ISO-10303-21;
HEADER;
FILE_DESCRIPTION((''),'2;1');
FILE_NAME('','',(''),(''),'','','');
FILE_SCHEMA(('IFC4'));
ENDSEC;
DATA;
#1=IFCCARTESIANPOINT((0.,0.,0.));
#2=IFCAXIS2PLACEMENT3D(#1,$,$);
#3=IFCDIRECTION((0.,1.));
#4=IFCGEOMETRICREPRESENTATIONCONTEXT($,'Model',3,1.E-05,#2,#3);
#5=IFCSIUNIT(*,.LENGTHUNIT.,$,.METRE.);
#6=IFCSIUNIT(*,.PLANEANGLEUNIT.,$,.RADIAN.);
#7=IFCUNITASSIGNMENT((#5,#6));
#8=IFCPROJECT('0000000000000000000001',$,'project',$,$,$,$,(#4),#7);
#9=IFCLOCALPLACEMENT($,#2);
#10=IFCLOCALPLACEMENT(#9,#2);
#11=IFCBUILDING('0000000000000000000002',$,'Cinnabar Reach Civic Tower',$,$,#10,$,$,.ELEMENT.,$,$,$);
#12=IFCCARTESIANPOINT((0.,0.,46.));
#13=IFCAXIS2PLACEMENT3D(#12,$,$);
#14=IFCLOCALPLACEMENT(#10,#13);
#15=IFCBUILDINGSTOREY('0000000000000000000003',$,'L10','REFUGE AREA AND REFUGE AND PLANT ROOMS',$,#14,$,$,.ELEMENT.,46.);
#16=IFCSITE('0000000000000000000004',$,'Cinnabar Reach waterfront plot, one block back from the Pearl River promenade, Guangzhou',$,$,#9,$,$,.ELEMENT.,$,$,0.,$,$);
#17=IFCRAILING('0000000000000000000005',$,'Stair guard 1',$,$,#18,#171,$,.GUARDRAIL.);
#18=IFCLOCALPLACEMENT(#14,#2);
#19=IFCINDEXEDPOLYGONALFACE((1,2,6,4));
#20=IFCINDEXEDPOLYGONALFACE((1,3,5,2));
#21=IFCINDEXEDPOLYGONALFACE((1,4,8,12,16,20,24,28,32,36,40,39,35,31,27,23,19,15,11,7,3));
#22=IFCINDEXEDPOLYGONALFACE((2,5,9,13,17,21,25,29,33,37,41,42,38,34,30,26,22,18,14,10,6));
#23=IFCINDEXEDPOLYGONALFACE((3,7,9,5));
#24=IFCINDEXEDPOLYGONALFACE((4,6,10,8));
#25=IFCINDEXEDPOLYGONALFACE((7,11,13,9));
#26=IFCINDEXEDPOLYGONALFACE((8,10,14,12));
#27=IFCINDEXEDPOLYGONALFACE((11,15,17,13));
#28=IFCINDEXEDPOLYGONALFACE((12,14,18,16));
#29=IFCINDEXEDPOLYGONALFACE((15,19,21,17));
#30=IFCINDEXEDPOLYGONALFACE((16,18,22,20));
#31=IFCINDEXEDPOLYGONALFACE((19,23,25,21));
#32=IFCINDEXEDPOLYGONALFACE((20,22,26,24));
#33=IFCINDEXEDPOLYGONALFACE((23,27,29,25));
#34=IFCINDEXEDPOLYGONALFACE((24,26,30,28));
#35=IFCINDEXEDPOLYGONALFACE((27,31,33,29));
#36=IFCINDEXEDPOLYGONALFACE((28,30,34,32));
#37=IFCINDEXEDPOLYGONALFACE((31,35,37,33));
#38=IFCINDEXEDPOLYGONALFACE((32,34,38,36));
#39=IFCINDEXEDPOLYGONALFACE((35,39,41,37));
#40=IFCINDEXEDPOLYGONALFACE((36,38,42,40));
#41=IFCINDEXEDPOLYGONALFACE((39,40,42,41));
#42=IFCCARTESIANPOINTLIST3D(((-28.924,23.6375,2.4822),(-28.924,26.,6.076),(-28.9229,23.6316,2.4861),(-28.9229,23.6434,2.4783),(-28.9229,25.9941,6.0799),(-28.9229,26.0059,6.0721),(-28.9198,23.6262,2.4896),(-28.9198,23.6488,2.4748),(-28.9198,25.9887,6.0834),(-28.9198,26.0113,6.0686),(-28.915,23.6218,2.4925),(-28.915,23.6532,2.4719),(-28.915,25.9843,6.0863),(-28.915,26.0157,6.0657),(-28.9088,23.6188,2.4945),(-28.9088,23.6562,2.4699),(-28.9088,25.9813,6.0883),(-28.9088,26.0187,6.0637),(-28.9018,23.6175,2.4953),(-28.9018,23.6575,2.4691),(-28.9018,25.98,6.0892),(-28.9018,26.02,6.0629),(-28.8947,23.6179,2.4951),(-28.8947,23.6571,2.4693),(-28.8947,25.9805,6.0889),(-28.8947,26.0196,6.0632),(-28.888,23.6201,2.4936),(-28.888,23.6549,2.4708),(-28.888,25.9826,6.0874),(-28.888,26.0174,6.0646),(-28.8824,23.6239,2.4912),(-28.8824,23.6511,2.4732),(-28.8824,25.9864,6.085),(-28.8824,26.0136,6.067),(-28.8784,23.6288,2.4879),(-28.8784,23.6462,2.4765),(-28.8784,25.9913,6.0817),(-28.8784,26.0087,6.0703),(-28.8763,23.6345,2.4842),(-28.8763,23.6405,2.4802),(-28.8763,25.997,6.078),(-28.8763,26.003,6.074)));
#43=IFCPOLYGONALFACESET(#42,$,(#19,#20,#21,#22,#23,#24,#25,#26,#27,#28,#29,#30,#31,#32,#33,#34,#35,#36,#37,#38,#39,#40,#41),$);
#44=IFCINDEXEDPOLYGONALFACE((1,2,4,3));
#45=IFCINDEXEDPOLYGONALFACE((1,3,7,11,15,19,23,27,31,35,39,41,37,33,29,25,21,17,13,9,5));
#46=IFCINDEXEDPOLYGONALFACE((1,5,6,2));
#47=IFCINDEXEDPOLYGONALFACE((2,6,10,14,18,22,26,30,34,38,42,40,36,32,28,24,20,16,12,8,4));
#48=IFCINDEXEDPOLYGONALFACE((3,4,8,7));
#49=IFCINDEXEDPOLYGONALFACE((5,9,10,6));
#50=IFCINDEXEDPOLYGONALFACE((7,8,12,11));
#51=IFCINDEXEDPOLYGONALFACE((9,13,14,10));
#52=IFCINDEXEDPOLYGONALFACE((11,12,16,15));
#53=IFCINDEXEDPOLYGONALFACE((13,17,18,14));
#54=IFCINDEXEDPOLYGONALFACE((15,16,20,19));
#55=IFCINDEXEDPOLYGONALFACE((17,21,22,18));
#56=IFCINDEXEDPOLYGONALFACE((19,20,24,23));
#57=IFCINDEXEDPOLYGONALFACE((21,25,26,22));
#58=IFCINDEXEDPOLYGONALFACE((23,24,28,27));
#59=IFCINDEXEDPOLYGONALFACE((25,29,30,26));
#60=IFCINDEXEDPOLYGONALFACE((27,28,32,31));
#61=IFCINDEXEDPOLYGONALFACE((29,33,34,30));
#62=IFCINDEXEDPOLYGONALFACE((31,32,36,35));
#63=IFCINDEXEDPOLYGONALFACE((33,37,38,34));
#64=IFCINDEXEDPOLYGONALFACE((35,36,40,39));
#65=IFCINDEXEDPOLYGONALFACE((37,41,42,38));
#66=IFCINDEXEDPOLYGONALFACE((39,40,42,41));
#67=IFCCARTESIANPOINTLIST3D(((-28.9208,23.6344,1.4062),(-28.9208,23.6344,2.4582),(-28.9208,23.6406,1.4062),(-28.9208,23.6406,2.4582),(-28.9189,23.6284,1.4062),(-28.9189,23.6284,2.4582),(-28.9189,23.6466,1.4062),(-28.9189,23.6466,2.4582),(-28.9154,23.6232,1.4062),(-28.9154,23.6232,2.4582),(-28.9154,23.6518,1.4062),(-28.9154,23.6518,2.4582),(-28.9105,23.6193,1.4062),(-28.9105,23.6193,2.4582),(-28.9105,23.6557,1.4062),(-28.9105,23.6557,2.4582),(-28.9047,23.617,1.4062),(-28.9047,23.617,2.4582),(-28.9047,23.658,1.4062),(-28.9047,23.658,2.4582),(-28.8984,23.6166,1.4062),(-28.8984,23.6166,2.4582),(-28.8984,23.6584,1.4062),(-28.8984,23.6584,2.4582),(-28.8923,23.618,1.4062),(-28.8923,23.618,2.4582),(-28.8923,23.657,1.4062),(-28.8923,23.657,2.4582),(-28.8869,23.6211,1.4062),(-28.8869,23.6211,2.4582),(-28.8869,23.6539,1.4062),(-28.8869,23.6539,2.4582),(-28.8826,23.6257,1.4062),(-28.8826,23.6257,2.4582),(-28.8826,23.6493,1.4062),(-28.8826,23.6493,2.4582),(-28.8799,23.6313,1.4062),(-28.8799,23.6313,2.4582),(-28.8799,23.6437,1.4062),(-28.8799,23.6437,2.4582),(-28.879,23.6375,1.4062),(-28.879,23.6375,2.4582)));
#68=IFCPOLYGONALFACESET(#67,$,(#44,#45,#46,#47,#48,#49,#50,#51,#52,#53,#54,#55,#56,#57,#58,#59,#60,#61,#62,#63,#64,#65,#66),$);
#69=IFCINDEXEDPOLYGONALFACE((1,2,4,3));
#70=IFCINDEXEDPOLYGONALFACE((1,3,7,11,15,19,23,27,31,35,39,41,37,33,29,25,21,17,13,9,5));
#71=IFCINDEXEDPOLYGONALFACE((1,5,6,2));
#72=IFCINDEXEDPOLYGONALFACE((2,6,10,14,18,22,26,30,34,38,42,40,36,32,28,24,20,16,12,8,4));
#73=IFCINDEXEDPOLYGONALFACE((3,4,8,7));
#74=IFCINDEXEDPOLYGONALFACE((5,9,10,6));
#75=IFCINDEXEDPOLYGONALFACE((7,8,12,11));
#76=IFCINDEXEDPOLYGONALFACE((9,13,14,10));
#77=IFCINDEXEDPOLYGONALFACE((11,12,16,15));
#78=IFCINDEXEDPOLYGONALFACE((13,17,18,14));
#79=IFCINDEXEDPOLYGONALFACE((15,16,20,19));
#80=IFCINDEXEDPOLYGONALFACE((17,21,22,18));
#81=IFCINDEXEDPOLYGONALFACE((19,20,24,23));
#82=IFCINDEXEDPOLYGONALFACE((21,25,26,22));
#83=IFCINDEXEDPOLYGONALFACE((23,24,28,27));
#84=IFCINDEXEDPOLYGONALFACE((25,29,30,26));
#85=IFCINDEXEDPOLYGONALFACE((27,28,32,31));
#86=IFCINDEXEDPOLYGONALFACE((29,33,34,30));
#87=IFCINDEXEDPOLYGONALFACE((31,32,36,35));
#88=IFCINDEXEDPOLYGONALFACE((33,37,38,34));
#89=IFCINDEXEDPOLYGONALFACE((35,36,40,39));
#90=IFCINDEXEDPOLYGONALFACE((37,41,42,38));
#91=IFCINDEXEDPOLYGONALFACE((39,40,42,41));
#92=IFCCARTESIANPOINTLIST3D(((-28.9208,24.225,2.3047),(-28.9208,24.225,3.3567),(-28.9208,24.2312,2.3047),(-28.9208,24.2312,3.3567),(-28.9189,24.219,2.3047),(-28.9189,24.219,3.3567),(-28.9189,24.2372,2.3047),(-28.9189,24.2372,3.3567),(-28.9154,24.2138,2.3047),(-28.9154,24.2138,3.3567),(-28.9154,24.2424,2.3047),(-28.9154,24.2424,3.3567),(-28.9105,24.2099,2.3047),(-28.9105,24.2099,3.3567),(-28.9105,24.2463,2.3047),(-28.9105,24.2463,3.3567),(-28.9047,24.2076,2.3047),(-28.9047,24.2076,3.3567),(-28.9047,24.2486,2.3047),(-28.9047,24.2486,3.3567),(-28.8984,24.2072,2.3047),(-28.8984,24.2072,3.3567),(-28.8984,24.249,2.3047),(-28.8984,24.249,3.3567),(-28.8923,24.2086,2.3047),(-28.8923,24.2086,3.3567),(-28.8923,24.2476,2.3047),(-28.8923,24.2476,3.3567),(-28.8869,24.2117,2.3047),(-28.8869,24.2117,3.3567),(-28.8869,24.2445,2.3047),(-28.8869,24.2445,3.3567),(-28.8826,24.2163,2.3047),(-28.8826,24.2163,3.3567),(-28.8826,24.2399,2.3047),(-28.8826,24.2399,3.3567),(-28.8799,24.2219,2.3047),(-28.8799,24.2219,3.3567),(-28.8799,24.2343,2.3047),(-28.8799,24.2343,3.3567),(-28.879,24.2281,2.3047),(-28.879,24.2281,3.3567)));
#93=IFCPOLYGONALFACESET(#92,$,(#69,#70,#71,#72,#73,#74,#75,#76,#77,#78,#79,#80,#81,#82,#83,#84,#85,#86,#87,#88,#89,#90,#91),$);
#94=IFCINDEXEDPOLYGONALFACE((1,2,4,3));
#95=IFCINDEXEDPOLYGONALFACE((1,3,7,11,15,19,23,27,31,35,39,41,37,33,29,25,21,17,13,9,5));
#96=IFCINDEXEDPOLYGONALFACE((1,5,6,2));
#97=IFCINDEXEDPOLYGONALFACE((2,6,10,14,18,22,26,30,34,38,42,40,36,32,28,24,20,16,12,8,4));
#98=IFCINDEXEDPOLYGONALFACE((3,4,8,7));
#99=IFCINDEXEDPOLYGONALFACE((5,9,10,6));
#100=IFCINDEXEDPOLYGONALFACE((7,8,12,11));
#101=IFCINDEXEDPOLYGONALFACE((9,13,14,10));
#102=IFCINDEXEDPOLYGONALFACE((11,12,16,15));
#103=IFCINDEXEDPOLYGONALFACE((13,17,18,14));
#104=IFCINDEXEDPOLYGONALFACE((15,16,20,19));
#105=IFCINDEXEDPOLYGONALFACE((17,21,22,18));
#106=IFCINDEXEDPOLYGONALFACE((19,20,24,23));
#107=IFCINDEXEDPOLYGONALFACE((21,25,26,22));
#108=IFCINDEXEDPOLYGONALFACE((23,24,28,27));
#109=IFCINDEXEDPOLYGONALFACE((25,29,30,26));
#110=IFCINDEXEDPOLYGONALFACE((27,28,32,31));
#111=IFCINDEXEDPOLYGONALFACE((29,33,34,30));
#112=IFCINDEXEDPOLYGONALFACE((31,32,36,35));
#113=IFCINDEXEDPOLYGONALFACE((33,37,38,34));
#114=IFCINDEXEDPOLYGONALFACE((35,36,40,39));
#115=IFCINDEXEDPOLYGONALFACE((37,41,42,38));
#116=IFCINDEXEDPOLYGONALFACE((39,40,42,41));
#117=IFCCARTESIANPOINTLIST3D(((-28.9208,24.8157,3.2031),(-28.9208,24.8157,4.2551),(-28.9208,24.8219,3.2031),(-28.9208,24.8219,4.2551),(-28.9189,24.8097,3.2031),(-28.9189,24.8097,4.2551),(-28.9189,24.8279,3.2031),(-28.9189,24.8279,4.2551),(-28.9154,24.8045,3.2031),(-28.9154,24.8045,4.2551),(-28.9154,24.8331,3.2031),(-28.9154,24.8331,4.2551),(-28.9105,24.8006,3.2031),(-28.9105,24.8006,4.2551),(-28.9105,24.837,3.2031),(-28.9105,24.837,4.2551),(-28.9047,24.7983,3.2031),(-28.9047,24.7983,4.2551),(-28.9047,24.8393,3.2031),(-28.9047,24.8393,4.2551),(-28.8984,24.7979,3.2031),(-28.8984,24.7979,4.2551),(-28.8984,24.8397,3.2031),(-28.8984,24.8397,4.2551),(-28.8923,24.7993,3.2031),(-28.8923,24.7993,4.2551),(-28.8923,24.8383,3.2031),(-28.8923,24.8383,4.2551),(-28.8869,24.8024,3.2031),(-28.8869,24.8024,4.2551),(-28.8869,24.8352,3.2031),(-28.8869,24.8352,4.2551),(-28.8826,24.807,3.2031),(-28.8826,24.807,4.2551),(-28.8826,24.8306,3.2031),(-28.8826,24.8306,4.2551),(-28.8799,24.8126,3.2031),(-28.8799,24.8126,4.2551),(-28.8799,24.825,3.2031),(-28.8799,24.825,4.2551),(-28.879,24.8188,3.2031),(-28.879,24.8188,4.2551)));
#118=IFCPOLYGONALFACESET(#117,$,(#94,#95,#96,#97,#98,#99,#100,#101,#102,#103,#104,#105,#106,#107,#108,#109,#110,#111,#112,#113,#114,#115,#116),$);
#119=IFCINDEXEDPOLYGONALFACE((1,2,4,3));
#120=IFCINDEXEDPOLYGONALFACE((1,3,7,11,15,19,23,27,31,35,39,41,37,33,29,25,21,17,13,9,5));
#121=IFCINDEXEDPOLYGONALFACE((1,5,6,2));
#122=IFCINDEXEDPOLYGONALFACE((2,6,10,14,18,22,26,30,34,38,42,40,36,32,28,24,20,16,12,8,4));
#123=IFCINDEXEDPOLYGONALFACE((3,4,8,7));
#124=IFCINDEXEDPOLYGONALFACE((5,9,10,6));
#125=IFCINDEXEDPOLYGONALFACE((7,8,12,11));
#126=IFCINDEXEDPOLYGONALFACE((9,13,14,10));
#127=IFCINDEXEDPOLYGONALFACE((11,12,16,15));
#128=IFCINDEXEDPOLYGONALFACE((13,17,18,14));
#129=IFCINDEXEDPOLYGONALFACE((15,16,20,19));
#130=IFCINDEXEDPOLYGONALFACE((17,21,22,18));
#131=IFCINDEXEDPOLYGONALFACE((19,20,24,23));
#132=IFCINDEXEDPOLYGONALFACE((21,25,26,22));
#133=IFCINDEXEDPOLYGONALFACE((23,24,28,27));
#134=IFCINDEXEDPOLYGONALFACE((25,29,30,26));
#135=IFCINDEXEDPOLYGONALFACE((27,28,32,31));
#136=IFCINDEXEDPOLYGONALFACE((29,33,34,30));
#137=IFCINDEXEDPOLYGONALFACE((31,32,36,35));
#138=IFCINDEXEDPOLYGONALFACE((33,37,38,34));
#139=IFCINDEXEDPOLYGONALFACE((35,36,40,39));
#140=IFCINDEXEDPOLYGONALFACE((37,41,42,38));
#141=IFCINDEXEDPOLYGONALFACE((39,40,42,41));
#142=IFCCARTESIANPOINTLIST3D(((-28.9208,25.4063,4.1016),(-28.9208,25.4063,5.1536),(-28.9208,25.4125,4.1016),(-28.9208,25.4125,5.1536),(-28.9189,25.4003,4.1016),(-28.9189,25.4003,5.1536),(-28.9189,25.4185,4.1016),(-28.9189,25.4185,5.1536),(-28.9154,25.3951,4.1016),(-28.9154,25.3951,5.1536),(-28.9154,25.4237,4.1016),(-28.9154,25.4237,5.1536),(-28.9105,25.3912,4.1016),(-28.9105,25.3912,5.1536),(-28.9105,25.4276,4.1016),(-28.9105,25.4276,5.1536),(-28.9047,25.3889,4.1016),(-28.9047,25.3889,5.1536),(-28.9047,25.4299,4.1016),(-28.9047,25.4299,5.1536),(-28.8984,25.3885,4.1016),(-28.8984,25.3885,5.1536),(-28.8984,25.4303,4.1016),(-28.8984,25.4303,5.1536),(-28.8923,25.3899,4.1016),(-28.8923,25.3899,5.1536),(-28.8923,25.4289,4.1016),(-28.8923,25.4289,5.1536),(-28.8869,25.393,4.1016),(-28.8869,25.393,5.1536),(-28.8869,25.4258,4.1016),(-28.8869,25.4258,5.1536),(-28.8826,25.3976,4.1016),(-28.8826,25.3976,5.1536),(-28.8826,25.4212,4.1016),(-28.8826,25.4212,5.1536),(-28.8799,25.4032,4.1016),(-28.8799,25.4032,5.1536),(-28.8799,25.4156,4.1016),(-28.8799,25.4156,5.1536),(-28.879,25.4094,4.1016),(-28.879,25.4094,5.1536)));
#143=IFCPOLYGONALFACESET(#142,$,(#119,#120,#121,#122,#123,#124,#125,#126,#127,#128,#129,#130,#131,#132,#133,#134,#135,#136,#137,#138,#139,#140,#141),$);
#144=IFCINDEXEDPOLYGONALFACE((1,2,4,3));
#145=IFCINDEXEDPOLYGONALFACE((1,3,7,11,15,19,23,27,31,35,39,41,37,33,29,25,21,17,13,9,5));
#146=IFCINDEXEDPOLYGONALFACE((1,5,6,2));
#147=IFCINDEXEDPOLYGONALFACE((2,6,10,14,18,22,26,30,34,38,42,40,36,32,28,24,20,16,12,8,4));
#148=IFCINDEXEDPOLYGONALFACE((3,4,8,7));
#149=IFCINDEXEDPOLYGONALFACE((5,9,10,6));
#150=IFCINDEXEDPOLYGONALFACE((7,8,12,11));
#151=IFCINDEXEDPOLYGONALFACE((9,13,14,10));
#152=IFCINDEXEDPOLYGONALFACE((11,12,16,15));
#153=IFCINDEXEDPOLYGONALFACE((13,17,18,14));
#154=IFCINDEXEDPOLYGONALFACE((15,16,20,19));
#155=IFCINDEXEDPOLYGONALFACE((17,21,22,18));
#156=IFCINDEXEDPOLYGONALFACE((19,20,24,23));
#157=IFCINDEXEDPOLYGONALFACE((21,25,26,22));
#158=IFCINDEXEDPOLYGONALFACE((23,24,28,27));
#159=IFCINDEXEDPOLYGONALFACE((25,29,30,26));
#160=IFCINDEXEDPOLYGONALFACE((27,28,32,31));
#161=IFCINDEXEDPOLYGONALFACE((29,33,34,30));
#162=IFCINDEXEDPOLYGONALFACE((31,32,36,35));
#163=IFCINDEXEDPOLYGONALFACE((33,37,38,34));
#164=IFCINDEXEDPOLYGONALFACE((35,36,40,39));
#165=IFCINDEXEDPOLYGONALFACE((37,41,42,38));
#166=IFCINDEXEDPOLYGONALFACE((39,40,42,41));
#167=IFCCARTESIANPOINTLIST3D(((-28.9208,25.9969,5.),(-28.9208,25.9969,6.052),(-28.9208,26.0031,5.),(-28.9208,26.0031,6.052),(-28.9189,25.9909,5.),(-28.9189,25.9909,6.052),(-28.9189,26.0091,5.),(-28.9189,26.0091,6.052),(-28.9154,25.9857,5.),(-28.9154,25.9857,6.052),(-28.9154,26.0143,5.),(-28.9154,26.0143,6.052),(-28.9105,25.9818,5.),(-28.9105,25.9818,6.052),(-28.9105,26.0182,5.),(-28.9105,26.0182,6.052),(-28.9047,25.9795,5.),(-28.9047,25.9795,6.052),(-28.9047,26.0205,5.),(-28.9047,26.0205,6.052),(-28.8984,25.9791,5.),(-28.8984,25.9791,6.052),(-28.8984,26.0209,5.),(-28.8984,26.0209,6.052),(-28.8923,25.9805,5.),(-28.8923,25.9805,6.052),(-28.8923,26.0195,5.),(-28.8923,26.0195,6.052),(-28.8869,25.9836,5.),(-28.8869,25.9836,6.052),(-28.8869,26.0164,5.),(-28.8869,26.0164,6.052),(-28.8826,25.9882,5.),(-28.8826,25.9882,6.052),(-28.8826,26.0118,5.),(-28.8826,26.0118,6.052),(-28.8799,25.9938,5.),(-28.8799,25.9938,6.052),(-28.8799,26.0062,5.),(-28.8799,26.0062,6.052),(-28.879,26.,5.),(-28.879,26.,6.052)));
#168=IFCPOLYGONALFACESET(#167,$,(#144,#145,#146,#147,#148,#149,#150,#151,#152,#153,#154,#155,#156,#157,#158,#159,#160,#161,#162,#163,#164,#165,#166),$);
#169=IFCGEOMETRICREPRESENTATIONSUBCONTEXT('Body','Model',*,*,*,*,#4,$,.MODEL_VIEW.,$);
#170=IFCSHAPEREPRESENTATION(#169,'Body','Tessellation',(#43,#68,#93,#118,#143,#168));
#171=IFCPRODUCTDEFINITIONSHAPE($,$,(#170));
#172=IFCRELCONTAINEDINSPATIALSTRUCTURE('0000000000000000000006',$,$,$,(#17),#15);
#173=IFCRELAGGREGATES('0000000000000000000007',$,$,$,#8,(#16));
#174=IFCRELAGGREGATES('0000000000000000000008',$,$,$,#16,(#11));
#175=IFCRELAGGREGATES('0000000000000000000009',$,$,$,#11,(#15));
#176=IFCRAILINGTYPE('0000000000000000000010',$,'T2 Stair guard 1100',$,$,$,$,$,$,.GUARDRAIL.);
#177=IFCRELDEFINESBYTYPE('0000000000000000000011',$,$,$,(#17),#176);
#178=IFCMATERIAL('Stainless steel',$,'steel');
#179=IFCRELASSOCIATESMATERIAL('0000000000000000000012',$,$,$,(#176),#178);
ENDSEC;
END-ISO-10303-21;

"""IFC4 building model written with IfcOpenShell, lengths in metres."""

from ifc_helpers import new_model, si_unit, direction, frame, origin, origin_2d, place, context, subcontext, project, spatial, circle, extrude, material, type_object, element, save


model = new_model("IFC4")

# Units and contexts
model_context = context("Model", 3, precision=1e-05, world=origin(), true_north=direction((0.0, 1.0)))
body_context = subcontext(model_context, "Body", "Model", "MODEL_VIEW")
ifc_project = project(units=[si_unit("LENGTHUNIT", "METRE"), si_unit("PLANEANGLEUNIT", "RADIAN")], contexts=[model_context])

# Site, building, storey
site_placement = place(None, origin())
site = spatial("IfcSite", under=ifc_project, at=site_placement, Name="Cinnabar Reach waterfront plot, one block back from the Pearl River promenade, Guangzhou", CompositionType="ELEMENT", RefElevation=0.0)
building_placement = place(site_placement, origin())
building = spatial("IfcBuilding", under=site, at=building_placement, Name="Cinnabar Reach Civic Tower", CompositionType="ELEMENT")
storey_placement = place(building_placement, frame((0.0, 0.0, 46.0)))
storey = spatial("IfcBuildingStorey", under=building, at=storey_placement, Name="L10", Description="REFUGE AREA AND REFUGE AND PLANT ROOMS", CompositionType="ELEMENT", Elevation=46.0)

# Railing
ifc_material_1 = material(Name="Stainless steel", Category="steel")
railing_type = type_object("IfcRailingType", Name="T2 Stair guard 1100", PredefinedType="GUARDRAIL", material=ifc_material_1)
railing_1_placement = place(storey_placement, frame((-28.9, 23.6375, 1.4062)))
element("IfcRailing", 1, at=railing_1_placement, inside=storey, type_object=railing_type, Name="Stair guard 1", PredefinedType="GUARDRAIL", context=body_context, shape_type="SweptSolid", body=[
    extrude(circle(Radius=0.024, at=origin_2d()), frame((0.0, 0.0, 1.076), z_axis=(0.0, 0.549318, 0.835614), x_axis=(-1.0, 0.0, 0.0)), (0.0, 0.0, 1.0), 4.3008),
    extrude(circle(Radius=0.021, at=origin_2d()), origin(), (0.0, 0.0, 1.0), 1.052),
    extrude(circle(Radius=0.021, at=origin_2d()), frame((0.0, 0.5906, 0.8985)), (0.0, 0.0, 1.0), 1.052),
    extrude(circle(Radius=0.021, at=origin_2d()), frame((0.0, 1.1813, 1.7969)), (0.0, 0.0, 1.0), 1.052),
    extrude(circle(Radius=0.021, at=origin_2d()), frame((0.0, 1.7719, 2.6954)), (0.0, 0.0, 1.0), 1.052),
    extrude(circle(Radius=0.021, at=origin_2d()), frame((0.0, 2.3625, 3.5938)), (0.0, 0.0, 1.0), 1.052),
])

save(model, "model.ifc")
